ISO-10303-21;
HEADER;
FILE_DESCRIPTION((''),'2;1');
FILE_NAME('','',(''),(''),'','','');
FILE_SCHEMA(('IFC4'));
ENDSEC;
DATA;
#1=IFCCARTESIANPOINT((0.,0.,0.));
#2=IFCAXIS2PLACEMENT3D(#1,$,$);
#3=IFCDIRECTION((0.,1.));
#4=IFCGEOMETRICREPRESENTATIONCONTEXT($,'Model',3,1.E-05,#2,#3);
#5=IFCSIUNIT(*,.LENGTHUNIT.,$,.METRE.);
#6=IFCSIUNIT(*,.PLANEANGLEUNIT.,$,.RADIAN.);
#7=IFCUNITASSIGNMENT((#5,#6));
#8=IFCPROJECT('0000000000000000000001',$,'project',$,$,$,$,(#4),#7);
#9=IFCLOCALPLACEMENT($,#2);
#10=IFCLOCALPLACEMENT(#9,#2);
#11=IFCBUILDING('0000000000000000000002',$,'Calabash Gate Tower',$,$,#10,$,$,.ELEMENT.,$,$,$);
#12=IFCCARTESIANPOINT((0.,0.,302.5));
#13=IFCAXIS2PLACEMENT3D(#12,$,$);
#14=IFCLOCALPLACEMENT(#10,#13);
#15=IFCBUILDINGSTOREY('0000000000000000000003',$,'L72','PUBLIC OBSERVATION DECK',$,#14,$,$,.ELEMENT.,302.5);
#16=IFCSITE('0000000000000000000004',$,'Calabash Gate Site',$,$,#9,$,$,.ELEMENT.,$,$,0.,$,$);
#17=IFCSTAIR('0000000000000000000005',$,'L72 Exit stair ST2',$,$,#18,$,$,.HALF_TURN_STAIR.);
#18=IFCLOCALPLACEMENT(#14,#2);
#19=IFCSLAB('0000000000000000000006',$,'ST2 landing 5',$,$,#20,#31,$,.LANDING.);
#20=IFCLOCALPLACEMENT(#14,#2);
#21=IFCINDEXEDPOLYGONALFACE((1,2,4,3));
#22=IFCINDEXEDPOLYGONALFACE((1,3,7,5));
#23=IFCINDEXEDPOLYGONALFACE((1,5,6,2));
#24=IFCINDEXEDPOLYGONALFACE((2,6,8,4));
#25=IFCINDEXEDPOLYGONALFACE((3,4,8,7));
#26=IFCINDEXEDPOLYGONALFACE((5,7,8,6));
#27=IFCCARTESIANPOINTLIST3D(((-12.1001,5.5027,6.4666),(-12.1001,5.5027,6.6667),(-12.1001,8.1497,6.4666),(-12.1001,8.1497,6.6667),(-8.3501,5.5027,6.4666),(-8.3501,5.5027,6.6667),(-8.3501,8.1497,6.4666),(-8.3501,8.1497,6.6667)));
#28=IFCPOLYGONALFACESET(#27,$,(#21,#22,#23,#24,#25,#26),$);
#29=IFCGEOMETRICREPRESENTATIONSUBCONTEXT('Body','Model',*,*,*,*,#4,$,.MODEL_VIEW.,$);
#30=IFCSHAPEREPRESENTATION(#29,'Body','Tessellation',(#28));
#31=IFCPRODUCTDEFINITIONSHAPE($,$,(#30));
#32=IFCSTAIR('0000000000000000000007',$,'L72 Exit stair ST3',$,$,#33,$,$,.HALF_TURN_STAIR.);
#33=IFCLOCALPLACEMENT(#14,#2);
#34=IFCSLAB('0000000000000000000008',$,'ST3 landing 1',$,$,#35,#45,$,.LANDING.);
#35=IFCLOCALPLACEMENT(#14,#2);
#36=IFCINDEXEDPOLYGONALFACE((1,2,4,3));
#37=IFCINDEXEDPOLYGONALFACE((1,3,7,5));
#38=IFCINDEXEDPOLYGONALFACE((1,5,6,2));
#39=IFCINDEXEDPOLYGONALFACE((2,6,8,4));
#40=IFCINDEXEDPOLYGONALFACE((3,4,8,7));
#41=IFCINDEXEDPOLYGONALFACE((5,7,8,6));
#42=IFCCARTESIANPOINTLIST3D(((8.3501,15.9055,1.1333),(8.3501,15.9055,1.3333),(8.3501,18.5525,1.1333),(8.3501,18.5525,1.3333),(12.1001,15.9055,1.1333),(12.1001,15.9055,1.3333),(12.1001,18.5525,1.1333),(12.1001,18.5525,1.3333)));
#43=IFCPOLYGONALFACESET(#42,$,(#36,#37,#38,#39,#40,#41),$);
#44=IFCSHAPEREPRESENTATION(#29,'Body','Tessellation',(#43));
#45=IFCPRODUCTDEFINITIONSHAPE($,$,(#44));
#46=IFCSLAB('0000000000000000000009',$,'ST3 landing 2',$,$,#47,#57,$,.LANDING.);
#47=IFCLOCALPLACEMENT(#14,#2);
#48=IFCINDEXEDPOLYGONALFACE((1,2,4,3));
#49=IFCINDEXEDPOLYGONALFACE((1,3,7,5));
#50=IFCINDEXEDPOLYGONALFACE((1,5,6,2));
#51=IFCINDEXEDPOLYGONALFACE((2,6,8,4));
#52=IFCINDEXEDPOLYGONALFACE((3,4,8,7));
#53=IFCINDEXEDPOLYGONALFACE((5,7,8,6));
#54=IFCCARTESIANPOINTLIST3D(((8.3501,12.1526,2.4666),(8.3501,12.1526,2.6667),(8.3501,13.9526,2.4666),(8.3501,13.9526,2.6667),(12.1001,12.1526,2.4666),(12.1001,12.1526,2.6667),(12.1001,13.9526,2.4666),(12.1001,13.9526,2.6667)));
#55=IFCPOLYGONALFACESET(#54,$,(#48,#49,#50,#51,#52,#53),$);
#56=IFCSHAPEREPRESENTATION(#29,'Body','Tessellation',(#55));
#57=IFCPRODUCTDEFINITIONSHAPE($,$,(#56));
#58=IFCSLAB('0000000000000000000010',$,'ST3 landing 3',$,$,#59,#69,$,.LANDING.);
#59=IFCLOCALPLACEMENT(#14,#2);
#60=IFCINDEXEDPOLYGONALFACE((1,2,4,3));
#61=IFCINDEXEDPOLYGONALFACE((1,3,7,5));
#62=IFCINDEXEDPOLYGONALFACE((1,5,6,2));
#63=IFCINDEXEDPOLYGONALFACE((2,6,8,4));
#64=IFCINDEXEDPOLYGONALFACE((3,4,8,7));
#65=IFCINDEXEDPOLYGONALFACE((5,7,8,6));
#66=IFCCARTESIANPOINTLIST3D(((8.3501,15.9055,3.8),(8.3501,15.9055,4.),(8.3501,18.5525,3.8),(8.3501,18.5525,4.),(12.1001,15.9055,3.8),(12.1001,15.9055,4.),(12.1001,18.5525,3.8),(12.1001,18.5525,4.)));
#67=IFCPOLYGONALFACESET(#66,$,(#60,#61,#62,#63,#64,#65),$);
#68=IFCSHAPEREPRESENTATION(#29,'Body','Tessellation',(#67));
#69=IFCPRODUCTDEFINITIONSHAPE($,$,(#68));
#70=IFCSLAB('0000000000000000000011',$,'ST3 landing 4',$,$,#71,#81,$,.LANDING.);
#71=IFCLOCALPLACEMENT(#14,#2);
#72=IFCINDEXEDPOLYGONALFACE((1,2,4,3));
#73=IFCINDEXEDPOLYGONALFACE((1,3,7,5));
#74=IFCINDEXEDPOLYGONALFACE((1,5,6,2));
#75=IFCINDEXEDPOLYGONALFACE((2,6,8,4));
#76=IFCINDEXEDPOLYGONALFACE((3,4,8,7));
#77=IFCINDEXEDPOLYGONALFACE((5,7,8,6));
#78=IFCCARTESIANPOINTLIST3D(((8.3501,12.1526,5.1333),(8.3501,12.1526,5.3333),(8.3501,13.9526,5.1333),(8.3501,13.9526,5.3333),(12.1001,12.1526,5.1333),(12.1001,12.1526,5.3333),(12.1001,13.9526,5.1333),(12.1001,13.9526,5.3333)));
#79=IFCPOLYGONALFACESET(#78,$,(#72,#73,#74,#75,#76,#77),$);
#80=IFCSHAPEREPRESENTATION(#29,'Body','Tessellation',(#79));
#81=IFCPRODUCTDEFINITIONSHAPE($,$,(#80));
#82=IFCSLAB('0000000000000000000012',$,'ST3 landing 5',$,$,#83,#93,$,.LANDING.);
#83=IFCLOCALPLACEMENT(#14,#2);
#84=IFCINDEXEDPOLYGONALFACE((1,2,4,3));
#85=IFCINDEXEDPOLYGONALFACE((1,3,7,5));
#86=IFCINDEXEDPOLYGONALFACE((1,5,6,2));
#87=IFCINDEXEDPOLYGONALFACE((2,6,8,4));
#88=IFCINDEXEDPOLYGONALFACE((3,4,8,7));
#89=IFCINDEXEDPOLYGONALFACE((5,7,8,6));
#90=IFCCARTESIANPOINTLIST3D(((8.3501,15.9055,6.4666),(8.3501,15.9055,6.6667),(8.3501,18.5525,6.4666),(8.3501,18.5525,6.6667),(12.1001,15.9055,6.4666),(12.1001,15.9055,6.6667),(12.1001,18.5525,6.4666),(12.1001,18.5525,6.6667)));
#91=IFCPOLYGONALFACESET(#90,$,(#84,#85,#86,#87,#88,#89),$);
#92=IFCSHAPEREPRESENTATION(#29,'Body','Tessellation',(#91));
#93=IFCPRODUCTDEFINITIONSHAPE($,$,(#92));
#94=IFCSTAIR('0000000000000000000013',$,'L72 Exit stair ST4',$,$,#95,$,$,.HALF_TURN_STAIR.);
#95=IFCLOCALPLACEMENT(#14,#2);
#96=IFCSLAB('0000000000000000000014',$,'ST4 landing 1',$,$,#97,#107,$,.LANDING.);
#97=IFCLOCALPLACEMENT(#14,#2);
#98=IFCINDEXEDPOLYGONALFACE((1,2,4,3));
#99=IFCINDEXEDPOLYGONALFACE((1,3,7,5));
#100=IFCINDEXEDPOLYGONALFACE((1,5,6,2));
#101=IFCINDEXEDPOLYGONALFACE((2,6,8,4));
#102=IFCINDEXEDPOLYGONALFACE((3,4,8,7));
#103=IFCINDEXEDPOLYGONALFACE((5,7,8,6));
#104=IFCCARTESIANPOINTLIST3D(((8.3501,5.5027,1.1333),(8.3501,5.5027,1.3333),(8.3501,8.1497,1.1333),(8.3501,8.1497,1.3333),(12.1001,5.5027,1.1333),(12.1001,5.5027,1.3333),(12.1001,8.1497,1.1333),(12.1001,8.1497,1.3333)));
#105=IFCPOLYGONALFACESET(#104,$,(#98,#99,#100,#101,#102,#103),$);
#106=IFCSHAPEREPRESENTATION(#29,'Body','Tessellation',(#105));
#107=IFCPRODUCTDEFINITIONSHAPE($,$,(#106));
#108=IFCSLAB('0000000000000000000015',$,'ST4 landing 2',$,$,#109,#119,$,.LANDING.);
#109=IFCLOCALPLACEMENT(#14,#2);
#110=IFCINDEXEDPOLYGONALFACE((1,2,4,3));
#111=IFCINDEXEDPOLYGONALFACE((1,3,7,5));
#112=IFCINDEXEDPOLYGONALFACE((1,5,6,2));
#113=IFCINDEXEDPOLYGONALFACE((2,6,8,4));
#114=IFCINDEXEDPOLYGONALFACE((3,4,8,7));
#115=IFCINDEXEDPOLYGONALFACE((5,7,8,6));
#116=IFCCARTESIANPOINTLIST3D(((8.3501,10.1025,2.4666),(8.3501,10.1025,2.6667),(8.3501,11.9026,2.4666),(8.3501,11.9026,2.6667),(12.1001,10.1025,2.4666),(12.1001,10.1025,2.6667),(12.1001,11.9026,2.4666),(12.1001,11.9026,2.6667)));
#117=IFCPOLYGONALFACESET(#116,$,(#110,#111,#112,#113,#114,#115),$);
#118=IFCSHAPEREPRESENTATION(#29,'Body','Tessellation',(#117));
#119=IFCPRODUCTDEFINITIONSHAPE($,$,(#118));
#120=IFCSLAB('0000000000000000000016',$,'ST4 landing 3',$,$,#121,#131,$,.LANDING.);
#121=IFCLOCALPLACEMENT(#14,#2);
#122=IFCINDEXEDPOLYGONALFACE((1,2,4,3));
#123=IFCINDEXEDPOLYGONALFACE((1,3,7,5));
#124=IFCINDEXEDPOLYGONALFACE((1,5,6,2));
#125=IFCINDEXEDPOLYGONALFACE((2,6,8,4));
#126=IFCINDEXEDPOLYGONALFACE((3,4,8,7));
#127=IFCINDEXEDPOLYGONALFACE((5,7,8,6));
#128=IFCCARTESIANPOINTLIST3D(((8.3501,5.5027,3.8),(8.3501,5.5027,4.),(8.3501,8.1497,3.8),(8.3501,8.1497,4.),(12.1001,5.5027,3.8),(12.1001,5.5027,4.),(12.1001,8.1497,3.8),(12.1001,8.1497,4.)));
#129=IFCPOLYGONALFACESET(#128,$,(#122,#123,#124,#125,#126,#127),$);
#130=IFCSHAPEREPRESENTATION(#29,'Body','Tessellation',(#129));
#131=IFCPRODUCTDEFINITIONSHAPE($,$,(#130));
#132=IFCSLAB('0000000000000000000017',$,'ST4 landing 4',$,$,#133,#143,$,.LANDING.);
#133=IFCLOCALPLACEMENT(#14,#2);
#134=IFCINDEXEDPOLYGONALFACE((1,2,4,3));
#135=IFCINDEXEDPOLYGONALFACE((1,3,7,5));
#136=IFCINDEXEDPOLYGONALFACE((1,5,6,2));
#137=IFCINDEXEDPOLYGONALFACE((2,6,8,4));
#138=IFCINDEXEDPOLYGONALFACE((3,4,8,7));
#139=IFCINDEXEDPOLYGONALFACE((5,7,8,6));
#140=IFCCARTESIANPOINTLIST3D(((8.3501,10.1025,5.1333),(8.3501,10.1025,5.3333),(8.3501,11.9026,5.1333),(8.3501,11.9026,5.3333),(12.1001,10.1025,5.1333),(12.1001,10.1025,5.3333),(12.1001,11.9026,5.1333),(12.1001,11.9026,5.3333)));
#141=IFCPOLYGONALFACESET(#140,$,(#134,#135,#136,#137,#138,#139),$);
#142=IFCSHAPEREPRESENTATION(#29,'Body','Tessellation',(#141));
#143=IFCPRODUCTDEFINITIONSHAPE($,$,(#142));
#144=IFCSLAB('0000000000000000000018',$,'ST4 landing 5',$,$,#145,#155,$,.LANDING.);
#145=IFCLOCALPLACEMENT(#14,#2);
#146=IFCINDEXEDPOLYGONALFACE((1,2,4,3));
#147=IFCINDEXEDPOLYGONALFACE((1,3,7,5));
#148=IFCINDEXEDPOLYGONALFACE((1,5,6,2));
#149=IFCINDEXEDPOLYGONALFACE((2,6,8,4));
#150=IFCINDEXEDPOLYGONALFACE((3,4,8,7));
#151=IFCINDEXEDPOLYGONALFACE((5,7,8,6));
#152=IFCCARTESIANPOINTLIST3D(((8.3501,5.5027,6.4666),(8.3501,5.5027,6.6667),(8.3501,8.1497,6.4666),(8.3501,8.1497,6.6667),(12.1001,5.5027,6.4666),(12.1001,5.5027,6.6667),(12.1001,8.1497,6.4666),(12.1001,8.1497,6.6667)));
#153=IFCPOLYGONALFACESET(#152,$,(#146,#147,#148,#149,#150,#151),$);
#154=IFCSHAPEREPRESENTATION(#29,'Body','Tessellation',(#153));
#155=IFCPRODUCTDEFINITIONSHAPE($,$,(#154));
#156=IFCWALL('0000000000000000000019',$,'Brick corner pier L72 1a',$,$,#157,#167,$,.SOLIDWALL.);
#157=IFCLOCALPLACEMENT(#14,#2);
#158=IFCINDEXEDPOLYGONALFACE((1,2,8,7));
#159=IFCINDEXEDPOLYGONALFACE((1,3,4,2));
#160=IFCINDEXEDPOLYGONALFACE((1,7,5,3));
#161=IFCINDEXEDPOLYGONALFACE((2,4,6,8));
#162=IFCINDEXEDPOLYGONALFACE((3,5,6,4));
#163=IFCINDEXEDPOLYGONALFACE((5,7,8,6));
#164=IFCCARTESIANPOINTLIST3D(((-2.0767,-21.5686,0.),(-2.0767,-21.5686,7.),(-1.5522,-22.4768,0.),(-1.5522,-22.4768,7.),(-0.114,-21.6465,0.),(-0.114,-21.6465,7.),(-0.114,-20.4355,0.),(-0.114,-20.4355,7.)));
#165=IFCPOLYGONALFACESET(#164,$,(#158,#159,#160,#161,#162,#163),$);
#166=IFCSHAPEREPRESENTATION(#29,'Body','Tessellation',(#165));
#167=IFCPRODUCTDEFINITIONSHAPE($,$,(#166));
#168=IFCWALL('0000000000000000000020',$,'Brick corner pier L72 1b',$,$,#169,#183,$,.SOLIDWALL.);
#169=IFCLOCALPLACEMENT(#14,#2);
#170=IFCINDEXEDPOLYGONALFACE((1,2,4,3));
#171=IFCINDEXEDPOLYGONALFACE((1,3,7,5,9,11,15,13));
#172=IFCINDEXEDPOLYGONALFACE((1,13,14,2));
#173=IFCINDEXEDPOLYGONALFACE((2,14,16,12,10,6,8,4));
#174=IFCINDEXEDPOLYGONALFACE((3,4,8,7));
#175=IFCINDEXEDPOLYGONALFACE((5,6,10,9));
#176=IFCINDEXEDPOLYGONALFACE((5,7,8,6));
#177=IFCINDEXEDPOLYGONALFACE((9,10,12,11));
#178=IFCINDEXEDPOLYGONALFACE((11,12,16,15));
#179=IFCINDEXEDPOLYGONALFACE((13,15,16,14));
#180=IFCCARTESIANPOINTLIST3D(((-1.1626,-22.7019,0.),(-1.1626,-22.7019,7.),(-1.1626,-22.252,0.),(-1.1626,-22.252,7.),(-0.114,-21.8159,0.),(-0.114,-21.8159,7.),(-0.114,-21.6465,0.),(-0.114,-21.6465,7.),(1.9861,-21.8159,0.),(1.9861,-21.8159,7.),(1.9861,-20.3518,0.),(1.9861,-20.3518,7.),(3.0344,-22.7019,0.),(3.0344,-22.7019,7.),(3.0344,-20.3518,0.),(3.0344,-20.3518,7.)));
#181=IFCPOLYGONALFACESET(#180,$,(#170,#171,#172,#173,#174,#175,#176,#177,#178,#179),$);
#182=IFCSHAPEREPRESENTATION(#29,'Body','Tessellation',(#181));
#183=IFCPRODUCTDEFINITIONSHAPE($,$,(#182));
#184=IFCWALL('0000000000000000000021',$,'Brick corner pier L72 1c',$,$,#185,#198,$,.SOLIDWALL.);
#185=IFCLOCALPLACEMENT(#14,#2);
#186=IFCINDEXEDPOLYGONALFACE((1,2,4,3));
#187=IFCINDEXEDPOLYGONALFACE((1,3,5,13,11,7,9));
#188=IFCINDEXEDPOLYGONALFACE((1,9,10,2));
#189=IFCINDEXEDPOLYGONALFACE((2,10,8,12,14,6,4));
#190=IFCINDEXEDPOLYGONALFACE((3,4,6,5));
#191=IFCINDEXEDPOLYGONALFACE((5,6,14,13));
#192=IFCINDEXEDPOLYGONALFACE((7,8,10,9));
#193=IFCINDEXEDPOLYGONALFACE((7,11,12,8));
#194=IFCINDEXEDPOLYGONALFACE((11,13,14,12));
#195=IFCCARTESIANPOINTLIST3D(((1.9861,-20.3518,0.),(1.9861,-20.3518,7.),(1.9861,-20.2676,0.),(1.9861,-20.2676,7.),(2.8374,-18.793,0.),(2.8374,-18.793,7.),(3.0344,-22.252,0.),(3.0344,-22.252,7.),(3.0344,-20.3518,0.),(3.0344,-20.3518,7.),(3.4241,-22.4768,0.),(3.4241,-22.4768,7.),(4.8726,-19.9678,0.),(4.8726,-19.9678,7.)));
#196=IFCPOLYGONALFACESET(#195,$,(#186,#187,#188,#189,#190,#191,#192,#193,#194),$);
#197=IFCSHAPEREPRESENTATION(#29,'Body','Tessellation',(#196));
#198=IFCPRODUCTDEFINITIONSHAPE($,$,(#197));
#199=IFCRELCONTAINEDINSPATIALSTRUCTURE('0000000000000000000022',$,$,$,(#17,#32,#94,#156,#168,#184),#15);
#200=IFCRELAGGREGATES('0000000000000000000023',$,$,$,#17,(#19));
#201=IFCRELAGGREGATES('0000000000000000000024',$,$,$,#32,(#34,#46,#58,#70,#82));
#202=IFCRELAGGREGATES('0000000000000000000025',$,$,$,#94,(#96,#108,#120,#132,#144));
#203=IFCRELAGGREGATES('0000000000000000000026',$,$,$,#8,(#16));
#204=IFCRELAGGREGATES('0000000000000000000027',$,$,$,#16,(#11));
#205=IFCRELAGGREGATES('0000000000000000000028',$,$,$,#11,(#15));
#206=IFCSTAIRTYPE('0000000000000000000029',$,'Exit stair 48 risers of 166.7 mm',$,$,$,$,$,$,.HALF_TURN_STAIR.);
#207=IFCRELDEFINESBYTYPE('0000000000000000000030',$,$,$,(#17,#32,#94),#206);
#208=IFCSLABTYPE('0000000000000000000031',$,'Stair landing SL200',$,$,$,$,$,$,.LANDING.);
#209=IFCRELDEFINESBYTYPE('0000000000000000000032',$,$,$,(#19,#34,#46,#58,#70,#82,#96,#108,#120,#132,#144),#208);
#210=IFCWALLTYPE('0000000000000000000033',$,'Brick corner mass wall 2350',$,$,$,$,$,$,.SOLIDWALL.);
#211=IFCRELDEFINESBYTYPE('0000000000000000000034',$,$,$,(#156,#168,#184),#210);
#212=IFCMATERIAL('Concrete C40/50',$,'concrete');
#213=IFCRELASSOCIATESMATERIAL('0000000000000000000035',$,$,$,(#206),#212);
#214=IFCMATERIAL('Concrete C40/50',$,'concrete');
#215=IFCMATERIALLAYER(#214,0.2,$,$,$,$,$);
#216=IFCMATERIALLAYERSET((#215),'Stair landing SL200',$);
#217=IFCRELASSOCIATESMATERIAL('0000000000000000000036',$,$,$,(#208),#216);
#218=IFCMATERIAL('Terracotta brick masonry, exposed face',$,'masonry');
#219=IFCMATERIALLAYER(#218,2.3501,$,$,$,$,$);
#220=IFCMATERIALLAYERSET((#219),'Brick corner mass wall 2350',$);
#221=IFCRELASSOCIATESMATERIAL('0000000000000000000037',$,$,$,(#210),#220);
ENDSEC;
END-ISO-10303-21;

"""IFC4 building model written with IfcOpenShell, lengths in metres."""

from ifc_helpers import new_model, si_unit, direction, frame, origin, place, context, subcontext, project, spatial, polyline, outline, extrude, material, layer, layer_set, type_object, element, aggregate, save


model = new_model("IFC4")

# Units and contexts
model_context = context("Model", 3, precision=1e-05, world=origin(), true_north=direction((0.0, 1.0)))
body_context = subcontext(model_context, "Body", "Model", "MODEL_VIEW")
ifc_project = project(units=[si_unit("LENGTHUNIT", "METRE"), si_unit("PLANEANGLEUNIT", "RADIAN")], contexts=[model_context])

# Site, building, storey
site_placement = place(None, origin())
site = spatial("IfcSite", under=ifc_project, at=site_placement, Name="Calabash Gate Site", CompositionType="ELEMENT", RefElevation=0.0)
building_placement = place(site_placement, origin())
building = spatial("IfcBuilding", under=site, at=building_placement, Name="Calabash Gate Tower", CompositionType="ELEMENT")
storey_placement = place(building_placement, frame((0.0, 0.0, 302.5)))
storey = spatial("IfcBuildingStorey", under=building, at=storey_placement, Name="L72", Description="PUBLIC OBSERVATION DECK", CompositionType="ELEMENT", Elevation=302.5)

# Stairs, slabs
ifc_material_1 = material(Name="Concrete C40/50", Category="concrete")
stair_type = type_object("IfcStairType", Name="Exit stair 48 risers of 166.7 mm", PredefinedType="HALF_TURN_STAIR", material=ifc_material_1)
ifc_material_2 = material(Name="Concrete C40/50", Category="concrete")
ifc_layer_1 = layer(ifc_material_2, 0.2)
ifc_layer_set_1 = layer_set([ifc_layer_1], Name="Stair landing SL200")
slab_type_1 = type_object("IfcSlabType", Name="Stair landing SL200", PredefinedType="LANDING", material=ifc_layer_set_1)
stair_1_placement = place(storey_placement, origin())
stair_1 = element("IfcStair", 1, at=stair_1_placement, inside=storey, type_object=stair_type, Name="L72 Exit stair ST2", PredefinedType="HALF_TURN_STAIR")
slab_1_placement = place(storey_placement, frame((0.0, 0.0, 6.4666)))
slab_1 = element("IfcSlab", 2, at=slab_1_placement, type_object=slab_type_1, Name="ST2 landing 5", PredefinedType="LANDING", context=body_context, shape_type="SweptSolid", body=[
    extrude(outline(polyline([(-12.1001, 8.1497), (-12.1001, 5.5027), (-8.3501, 5.5027), (-8.3501, 8.1497), (-12.1001, 8.1497)])), origin(), (0.0, 0.0, 1.0), 0.2002),
])
aggregate(stair_1, [slab_1])
stair_2_placement = place(storey_placement, origin())
stair_2 = element("IfcStair", 3, at=stair_2_placement, inside=storey, type_object=stair_type, Name="L72 Exit stair ST3", PredefinedType="HALF_TURN_STAIR")
slab_2_placement = place(storey_placement, frame((0.0, 0.0, 1.1333)))
slab_2 = element("IfcSlab", 4, at=slab_2_placement, type_object=slab_type_1, Name="ST3 landing 1", PredefinedType="LANDING", context=body_context, shape_type="SweptSolid", body=[
    extrude(outline(polyline([(12.1001, 15.9055), (12.1001, 18.5525), (8.3501, 18.5525), (8.3501, 15.9055), (12.1001, 15.9055)])), origin(), (0.0, 0.0, 1.0), 0.2),
])
slab_3_placement = place(storey_placement, frame((0.0, 0.0, 2.4666)))
slab_3 = element("IfcSlab", 5, at=slab_3_placement, type_object=slab_type_1, Name="ST3 landing 2", PredefinedType="LANDING", context=body_context, shape_type="SweptSolid", body=[
    extrude(outline(polyline([(12.1001, 12.1526), (12.1001, 13.9526), (8.3501, 13.9526), (8.3501, 12.1526), (12.1001, 12.1526)])), origin(), (0.0, 0.0, 1.0), 0.2002),
])
slab_4_placement = place(storey_placement, frame((0.0, 0.0, 3.8)))
slab_4 = element("IfcSlab", 6, at=slab_4_placement, type_object=slab_type_1, Name="ST3 landing 3", PredefinedType="LANDING", context=body_context, shape_type="SweptSolid", body=[
    extrude(outline(polyline([(12.1001, 15.9055), (12.1001, 18.5525), (8.3501, 18.5525), (8.3501, 15.9055), (12.1001, 15.9055)])), origin(), (0.0, 0.0, 1.0), 0.2),
])
slab_5_placement = place(storey_placement, frame((0.0, 0.0, 5.1333)))
slab_5 = element("IfcSlab", 7, at=slab_5_placement, type_object=slab_type_1, Name="ST3 landing 4", PredefinedType="LANDING", context=body_context, shape_type="SweptSolid", body=[
    extrude(outline(polyline([(12.1001, 12.1526), (12.1001, 13.9526), (8.3501, 13.9526), (8.3501, 12.1526), (12.1001, 12.1526)])), origin(), (0.0, 0.0, 1.0), 0.2),
])
slab_6_placement = place(storey_placement, frame((0.0, 0.0, 6.4666)))
slab_6 = element("IfcSlab", 8, at=slab_6_placement, type_object=slab_type_1, Name="ST3 landing 5", PredefinedType="LANDING", context=body_context, shape_type="SweptSolid", body=[
    extrude(outline(polyline([(12.1001, 15.9055), (12.1001, 18.5525), (8.3501, 18.5525), (8.3501, 15.9055), (12.1001, 15.9055)])), origin(), (0.0, 0.0, 1.0), 0.2002),
])
aggregate(stair_2, [slab_2, slab_3, slab_4, slab_5, slab_6])
stair_3_placement = place(storey_placement, origin())
stair_3 = element("IfcStair", 9, at=stair_3_placement, inside=storey, type_object=stair_type, Name="L72 Exit stair ST4", PredefinedType="HALF_TURN_STAIR")
slab_7_placement = place(storey_placement, frame((0.0, 0.0, 1.1333)))
slab_7 = element("IfcSlab", 10, at=slab_7_placement, type_object=slab_type_1, Name="ST4 landing 1", PredefinedType="LANDING", context=body_context, shape_type="SweptSolid", body=[
    extrude(outline(polyline([(8.3501, 8.1497), (8.3501, 5.5027), (12.1001, 5.5027), (12.1001, 8.1497), (8.3501, 8.1497)])), origin(), (0.0, 0.0, 1.0), 0.2),
])
slab_8_placement = place(storey_placement, frame((0.0, 0.0, 2.4666)))
slab_8 = element("IfcSlab", 11, at=slab_8_placement, type_object=slab_type_1, Name="ST4 landing 2", PredefinedType="LANDING", context=body_context, shape_type="SweptSolid", body=[
    extrude(outline(polyline([(8.3501, 11.9026), (8.3501, 10.1025), (12.1001, 10.1025), (12.1001, 11.9026), (8.3501, 11.9026)])), origin(), (0.0, 0.0, 1.0), 0.2002),
])
slab_9_placement = place(storey_placement, frame((0.0, 0.0, 3.8)))
slab_9 = element("IfcSlab", 12, at=slab_9_placement, type_object=slab_type_1, Name="ST4 landing 3", PredefinedType="LANDING", context=body_context, shape_type="SweptSolid", body=[
    extrude(outline(polyline([(8.3501, 8.1497), (8.3501, 5.5027), (12.1001, 5.5027), (12.1001, 8.1497), (8.3501, 8.1497)])), origin(), (0.0, 0.0, 1.0), 0.2),
])
slab_10_placement = place(storey_placement, frame((0.0, 0.0, 5.1333)))
slab_10 = element("IfcSlab", 13, at=slab_10_placement, type_object=slab_type_1, Name="ST4 landing 4", PredefinedType="LANDING", context=body_context, shape_type="SweptSolid", body=[
    extrude(outline(polyline([(8.3501, 11.9026), (8.3501, 10.1025), (12.1001, 10.1025), (12.1001, 11.9026), (8.3501, 11.9026)])), origin(), (0.0, 0.0, 1.0), 0.2),
])
slab_11_placement = place(storey_placement, frame((0.0, 0.0, 6.4666)))
slab_11 = element("IfcSlab", 14, at=slab_11_placement, type_object=slab_type_1, Name="ST4 landing 5", PredefinedType="LANDING", context=body_context, shape_type="SweptSolid", body=[
    extrude(outline(polyline([(8.3501, 8.1497), (8.3501, 5.5027), (12.1001, 5.5027), (12.1001, 8.1497), (8.3501, 8.1497)])), origin(), (0.0, 0.0, 1.0), 0.2002),
])
aggregate(stair_3, [slab_7, slab_8, slab_9, slab_10, slab_11])

# Walls
ifc_material_3 = material(Name="Terracotta brick masonry, exposed face", Category="masonry")
ifc_layer_2 = layer(ifc_material_3, 2.3501)
ifc_layer_set_2 = layer_set([ifc_layer_2], Name="Brick corner mass wall 2350")
wall_type_1 = type_object("IfcWallType", Name="Brick corner mass wall 2350", PredefinedType="SOLIDWALL", material=ifc_layer_set_2)
wall_1_placement = place(storey_placement, origin())
element("IfcWall", 15, at=wall_1_placement, inside=storey, type_object=wall_type_1, Name="Brick corner pier L72 1a", PredefinedType="SOLIDWALL", context=body_context, shape_type="SweptSolid", body=[
    extrude(outline(polyline([(-0.114, -20.4355), (-2.0767, -21.5686), (-1.5522, -22.4768), (-0.114, -21.6465), (-0.114, -20.4355)])), origin(), (0.0, 0.0, 1.0), 7.0),
])
wall_2_placement = place(storey_placement, origin())
element("IfcWall", 16, at=wall_2_placement, inside=storey, type_object=wall_type_1, Name="Brick corner pier L72 1b", PredefinedType="SOLIDWALL", context=body_context, shape_type="SweptSolid", body=[
    extrude(outline(polyline([(-0.114, -21.8159), (-0.114, -21.6465), (-1.1626, -22.252), (-1.1626, -22.7019), (3.0344, -22.7019), (3.0344, -20.3518), (1.9861, -20.3518), (1.9861, -21.8159), (-0.114, -21.8159)])), origin(), (0.0, 0.0, 1.0), 7.0),
])
wall_3_placement = place(storey_placement, origin())
element("IfcWall", 17, at=wall_3_placement, inside=storey, type_object=wall_type_1, Name="Brick corner pier L72 1c", PredefinedType="SOLIDWALL", context=body_context, shape_type="SweptSolid", body=[
    extrude(outline(polyline([(4.8726, -19.9678), (2.8374, -18.793), (1.9861, -20.2676), (1.9861, -20.3518), (3.0344, -20.3518), (3.0344, -22.252), (3.4241, -22.4768), (4.8726, -19.9678)])), origin(), (0.0, 0.0, 1.0), 7.0),
])

save(model, "model.ifc")
